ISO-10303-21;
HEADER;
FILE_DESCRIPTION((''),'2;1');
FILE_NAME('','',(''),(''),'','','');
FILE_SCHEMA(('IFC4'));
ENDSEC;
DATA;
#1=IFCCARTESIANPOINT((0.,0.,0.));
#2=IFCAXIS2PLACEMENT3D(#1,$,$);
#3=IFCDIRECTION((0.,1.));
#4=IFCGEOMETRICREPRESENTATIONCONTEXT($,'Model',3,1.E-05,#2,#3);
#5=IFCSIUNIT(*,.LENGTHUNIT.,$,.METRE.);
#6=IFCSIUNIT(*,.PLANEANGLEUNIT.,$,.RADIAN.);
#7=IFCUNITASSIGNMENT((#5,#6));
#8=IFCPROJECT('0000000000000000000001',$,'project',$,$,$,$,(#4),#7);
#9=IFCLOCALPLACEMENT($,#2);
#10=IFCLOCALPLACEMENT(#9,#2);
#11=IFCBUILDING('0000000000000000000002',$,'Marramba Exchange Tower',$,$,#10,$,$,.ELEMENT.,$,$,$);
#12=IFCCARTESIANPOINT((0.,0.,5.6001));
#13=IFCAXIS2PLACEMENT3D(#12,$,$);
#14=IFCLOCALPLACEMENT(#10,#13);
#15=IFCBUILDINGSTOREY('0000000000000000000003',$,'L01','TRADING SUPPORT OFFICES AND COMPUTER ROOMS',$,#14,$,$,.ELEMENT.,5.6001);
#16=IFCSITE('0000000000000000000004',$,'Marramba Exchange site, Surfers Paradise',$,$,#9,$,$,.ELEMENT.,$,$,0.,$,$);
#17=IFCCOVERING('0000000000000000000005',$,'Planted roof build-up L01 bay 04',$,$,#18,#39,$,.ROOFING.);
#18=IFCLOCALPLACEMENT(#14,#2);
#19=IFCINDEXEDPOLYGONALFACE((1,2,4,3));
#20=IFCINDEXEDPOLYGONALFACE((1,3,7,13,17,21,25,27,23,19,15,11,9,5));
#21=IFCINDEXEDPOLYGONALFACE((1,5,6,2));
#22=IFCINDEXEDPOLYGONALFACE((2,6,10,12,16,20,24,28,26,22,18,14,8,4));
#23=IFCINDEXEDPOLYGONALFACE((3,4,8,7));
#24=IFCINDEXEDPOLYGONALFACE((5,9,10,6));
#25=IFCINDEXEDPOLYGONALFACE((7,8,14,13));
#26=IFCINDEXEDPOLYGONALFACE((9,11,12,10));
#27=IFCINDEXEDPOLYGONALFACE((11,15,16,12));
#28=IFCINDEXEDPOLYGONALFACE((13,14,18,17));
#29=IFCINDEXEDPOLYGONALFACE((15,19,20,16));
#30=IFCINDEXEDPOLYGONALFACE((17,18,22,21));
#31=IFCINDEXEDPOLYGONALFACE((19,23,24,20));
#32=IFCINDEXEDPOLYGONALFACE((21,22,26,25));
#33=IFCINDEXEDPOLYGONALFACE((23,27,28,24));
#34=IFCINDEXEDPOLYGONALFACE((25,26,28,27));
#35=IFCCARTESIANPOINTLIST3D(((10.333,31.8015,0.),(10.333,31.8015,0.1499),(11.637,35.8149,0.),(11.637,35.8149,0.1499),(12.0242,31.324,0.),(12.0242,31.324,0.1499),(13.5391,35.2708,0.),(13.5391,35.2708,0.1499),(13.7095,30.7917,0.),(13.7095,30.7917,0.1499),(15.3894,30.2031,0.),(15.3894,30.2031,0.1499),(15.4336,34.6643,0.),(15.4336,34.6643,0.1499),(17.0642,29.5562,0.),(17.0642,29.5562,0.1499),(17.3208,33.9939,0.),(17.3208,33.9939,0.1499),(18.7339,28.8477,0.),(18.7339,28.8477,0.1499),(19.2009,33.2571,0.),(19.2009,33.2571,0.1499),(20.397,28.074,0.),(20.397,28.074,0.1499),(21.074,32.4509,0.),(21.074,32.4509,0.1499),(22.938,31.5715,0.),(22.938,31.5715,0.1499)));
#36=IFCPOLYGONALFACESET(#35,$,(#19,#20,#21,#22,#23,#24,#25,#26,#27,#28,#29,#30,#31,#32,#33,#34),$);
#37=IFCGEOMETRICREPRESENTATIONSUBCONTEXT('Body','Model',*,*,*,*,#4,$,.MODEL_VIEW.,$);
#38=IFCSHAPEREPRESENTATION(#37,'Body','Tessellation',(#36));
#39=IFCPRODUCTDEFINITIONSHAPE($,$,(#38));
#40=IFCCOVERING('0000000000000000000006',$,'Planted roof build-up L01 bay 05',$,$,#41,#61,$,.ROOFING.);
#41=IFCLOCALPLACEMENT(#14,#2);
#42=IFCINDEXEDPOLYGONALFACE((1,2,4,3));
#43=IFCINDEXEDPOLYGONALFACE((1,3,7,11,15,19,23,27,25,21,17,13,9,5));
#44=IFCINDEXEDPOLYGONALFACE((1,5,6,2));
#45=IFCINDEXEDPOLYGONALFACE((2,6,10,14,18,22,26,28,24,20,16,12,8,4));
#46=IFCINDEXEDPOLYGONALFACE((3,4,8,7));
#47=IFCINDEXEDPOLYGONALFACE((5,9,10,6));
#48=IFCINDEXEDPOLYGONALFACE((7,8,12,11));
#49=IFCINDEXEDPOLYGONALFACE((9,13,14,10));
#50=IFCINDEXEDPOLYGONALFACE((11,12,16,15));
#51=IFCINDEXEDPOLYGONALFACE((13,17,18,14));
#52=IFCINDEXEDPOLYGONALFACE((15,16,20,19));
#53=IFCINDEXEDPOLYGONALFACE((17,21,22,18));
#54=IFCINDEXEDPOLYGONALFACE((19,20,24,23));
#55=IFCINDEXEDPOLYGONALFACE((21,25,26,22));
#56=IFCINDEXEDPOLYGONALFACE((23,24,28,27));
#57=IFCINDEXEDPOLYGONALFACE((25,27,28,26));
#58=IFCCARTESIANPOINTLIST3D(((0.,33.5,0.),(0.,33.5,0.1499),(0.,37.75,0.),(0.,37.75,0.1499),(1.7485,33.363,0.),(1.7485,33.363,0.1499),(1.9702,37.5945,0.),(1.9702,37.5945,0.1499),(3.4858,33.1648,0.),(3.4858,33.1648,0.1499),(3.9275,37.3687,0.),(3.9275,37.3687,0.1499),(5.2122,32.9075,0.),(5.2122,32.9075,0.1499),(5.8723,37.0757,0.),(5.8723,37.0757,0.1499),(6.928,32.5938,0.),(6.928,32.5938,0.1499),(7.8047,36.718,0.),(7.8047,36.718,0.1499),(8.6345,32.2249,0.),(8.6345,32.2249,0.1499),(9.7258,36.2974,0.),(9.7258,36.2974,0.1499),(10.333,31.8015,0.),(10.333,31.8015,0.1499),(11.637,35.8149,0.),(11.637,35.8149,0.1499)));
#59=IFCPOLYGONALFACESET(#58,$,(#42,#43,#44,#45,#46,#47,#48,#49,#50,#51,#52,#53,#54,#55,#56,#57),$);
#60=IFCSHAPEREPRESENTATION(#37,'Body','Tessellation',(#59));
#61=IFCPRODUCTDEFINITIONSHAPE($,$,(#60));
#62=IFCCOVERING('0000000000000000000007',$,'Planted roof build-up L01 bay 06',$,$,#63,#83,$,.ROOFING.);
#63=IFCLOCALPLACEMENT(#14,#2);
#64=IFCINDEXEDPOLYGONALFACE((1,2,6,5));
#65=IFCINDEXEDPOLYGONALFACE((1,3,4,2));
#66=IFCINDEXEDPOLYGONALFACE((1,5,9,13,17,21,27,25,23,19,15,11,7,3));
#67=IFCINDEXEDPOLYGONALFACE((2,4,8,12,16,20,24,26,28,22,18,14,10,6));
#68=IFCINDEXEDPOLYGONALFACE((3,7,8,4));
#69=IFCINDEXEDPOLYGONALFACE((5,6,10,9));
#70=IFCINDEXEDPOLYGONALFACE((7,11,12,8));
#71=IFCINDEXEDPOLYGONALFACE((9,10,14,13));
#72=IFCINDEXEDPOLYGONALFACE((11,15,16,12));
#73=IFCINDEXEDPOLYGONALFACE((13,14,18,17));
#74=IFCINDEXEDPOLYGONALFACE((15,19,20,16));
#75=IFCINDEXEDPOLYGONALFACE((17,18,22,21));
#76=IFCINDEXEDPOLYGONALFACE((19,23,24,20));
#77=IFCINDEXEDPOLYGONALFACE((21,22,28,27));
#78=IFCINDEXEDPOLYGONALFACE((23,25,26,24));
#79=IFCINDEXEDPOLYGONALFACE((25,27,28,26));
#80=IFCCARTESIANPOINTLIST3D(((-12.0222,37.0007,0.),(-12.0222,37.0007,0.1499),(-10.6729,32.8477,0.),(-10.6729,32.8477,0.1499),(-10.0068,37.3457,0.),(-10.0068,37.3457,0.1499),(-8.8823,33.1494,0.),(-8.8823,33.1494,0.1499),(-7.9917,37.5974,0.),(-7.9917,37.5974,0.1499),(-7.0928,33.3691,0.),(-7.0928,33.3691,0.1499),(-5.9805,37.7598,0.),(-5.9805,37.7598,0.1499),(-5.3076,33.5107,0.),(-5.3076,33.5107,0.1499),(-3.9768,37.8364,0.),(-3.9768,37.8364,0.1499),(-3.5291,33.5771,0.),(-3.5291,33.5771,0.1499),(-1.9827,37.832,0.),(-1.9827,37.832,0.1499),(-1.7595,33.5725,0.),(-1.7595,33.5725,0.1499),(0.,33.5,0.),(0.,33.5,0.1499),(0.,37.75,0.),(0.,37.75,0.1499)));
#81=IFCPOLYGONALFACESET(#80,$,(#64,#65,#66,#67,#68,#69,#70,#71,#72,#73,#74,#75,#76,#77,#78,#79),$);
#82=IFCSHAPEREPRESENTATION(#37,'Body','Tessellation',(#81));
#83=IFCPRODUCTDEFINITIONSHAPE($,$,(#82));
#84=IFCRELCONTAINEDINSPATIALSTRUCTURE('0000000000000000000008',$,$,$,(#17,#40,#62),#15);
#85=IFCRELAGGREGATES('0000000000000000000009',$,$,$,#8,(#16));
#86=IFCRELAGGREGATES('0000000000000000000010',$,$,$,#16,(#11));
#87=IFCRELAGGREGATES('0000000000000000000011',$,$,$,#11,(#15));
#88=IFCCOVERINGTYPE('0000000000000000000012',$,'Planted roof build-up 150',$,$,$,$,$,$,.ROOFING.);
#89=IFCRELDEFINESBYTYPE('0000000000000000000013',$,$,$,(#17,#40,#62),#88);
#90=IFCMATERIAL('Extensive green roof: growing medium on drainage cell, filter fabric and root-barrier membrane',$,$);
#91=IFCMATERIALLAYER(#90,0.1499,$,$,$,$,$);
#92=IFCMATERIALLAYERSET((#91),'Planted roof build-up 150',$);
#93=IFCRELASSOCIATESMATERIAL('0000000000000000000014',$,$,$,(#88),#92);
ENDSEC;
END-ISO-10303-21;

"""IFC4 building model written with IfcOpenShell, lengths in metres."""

from ifc_helpers import new_model, si_unit, direction, frame, origin, place, context, subcontext, project, spatial, polyline, outline, extrude, material, layer, layer_set, type_object, element, save


model = new_model("IFC4")

# Units and contexts
model_context = context("Model", 3, precision=1e-05, world=origin(), true_north=direction((0.0, 1.0)))
body_context = subcontext(model_context, "Body", "Model", "MODEL_VIEW")
ifc_project = project(units=[si_unit("LENGTHUNIT", "METRE"), si_unit("PLANEANGLEUNIT", "RADIAN")], contexts=[model_context])

# Site, building, storey
site_placement = place(None, origin())
site = spatial("IfcSite", under=ifc_project, at=site_placement, Name="Marramba Exchange site, Surfers Paradise", CompositionType="ELEMENT", RefElevation=0.0)
building_placement = place(site_placement, origin())
building = spatial("IfcBuilding", under=site, at=building_placement, Name="Marramba Exchange Tower", CompositionType="ELEMENT")
storey_placement = place(building_placement, frame((0.0, 0.0, 5.6001)))
storey = spatial("IfcBuildingStorey", under=building, at=storey_placement, Name="L01", Description="TRADING SUPPORT OFFICES AND COMPUTER ROOMS", CompositionType="ELEMENT", Elevation=5.6001)

# Coverings
ifc_material_1 = material(Name="Extensive green roof: growing medium on drainage cell, filter fabric and root-barrier membrane")
ifc_layer_1 = layer(ifc_material_1, 0.1499)
ifc_layer_set_1 = layer_set([ifc_layer_1], Name="Planted roof build-up 150")
covering_type = type_object("IfcCoveringType", Name="Planted roof build-up 150", PredefinedType="ROOFING", material=ifc_layer_set_1)
covering_1_placement = place(storey_placement, origin())
element("IfcCovering", 1, at=covering_1_placement, inside=storey, type_object=covering_type, Name="Planted roof build-up L01 bay 04", PredefinedType="ROOFING", context=body_context, shape_type="SweptSolid", body=[
    extrude(outline(polyline([(20.397, 28.074), (18.7339, 28.8477), (17.0642, 29.5562), (15.3894, 30.2031), (13.7095, 30.7917), (12.0242, 31.324), (10.333, 31.8015), (11.637, 35.8149), (11.637, 35.8149), (13.5391, 35.2708), (15.4336, 34.6643), (17.3208, 33.9939), (19.2009, 33.2571), (21.074, 32.4509), (22.938, 31.5715), (20.397, 28.074)])), origin(), (0.0, 0.0, 1.0), 0.1499),
])
covering_2_placement = place(storey_placement, origin())
element("IfcCovering", 2, at=covering_2_placement, inside=storey, type_object=covering_type, Name="Planted roof build-up L01 bay 05", PredefinedType="ROOFING", context=body_context, shape_type="SweptSolid", body=[
    extrude(outline(polyline([(10.333, 31.8015), (8.6345, 32.2249), (6.928, 32.5938), (5.2122, 32.9075), (3.4858, 33.1648), (1.7485, 33.363), (0.0, 33.5), (0.0, 37.75), (1.9702, 37.5945), (3.9275, 37.3687), (5.8723, 37.0757), (7.8047, 36.718), (9.7258, 36.2974), (11.637, 35.8149), (10.333, 31.8015)])), origin(), (0.0, 0.0, 1.0), 0.1499),
])
covering_3_placement = place(storey_placement, origin())
element("IfcCovering", 3, at=covering_3_placement, inside=storey, type_object=covering_type, Name="Planted roof build-up L01 bay 06", PredefinedType="ROOFING", context=body_context, shape_type="SweptSolid", body=[
    extrude(outline(polyline([(0.0, 33.5), (-1.7595, 33.5725), (-3.5291, 33.5771), (-5.3076, 33.5107), (-7.0928, 33.3691), (-8.8823, 33.1494), (-10.6729, 32.8477), (-12.0222, 37.0007), (-10.0068, 37.3457), (-7.9917, 37.5974), (-5.9805, 37.7598), (-3.9768, 37.8364), (-1.9827, 37.832), (0.0, 37.75), (0.0, 33.5)])), origin(), (0.0, 0.0, 1.0), 0.1499),
])

save(model, "model.ifc")
